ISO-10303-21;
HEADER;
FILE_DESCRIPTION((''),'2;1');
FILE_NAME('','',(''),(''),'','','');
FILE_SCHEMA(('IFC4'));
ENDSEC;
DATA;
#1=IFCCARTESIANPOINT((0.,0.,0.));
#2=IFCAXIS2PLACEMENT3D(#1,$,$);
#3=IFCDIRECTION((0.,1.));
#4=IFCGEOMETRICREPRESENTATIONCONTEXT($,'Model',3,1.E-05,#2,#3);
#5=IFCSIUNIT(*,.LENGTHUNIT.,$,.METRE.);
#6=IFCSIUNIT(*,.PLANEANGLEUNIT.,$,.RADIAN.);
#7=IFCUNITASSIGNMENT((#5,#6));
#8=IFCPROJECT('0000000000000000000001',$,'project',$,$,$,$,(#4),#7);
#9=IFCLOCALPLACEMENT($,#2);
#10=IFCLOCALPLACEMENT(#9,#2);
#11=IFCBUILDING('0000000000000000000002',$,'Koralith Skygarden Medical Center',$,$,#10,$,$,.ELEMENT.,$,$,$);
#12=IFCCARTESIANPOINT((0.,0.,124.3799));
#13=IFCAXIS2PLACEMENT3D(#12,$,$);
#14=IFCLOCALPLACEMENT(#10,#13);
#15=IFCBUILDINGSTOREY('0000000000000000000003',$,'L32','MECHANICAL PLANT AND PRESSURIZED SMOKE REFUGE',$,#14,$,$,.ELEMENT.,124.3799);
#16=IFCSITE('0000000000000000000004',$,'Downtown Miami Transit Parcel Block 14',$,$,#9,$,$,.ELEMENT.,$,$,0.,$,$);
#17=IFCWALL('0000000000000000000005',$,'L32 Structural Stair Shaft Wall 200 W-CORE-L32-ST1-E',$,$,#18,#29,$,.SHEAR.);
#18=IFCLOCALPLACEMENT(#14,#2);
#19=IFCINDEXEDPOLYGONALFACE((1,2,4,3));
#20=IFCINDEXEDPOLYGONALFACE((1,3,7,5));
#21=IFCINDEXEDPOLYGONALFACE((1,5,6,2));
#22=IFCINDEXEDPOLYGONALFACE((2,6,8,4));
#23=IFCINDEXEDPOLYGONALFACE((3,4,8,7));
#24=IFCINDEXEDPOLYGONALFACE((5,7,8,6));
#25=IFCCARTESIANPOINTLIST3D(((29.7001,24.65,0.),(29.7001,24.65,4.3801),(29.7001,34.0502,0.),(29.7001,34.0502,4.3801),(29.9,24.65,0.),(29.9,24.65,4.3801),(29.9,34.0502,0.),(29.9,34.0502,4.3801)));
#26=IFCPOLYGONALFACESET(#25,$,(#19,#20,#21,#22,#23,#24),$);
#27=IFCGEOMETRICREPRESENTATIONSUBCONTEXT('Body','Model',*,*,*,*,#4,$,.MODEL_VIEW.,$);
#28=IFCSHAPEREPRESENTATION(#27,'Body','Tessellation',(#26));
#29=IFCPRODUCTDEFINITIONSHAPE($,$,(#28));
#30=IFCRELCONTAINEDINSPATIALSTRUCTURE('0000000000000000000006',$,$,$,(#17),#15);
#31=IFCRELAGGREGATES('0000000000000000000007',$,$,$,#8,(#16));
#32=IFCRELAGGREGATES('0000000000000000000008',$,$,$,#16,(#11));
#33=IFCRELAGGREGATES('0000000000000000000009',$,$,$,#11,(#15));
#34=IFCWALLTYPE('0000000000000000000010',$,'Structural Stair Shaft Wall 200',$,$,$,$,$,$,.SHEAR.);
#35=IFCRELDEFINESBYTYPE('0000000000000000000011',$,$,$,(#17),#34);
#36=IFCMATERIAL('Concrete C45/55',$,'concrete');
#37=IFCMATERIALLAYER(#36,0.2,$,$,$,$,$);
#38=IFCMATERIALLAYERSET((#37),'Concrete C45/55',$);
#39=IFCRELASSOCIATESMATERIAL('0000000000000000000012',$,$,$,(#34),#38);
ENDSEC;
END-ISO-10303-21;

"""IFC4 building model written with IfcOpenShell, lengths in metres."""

from ifc_helpers import new_model, si_unit, direction, frame, frame_2d, origin, place, context, subcontext, project, spatial, rectangle, extrude, material, layer, layer_set, type_object, element, save


model = new_model("IFC4")

# Units and contexts
model_context = context("Model", 3, precision=1e-05, world=origin(), true_north=direction((0.0, 1.0)))
body_context = subcontext(model_context, "Body", "Model", "MODEL_VIEW")
ifc_project = project(units=[si_unit("LENGTHUNIT", "METRE"), si_unit("PLANEANGLEUNIT", "RADIAN")], contexts=[model_context])

# Site, building, storey
site_placement = place(None, origin())
site = spatial("IfcSite", under=ifc_project, at=site_placement, Name="Downtown Miami Transit Parcel Block 14", CompositionType="ELEMENT", RefElevation=0.0)
building_placement = place(site_placement, origin())
building = spatial("IfcBuilding", under=site, at=building_placement, Name="Koralith Skygarden Medical Center", CompositionType="ELEMENT")
storey_placement = place(building_placement, frame((0.0, 0.0, 124.3799)))
storey = spatial("IfcBuildingStorey", under=building, at=storey_placement, Name="L32", Description="MECHANICAL PLANT AND PRESSURIZED SMOKE REFUGE", CompositionType="ELEMENT", Elevation=124.3799)

# Wall
ifc_material_1 = material(Name="Concrete C45/55", Category="concrete")
ifc_layer_1 = layer(ifc_material_1, 0.2)
ifc_layer_set_1 = layer_set([ifc_layer_1], Name="Concrete C45/55")
wall_type_1 = type_object("IfcWallType", Name="Structural Stair Shaft Wall 200", PredefinedType="SHEAR", material=ifc_layer_set_1)
wall_1_placement = place(storey_placement, frame((29.8, 24.6499, 0.0), z_axis=(0.0, 0.0, 1.0), x_axis=(0.0, 1.0, 0.0)))
element("IfcWall", 1, at=wall_1_placement, inside=storey, type_object=wall_type_1, Name="L32 Structural Stair Shaft Wall 200 W-CORE-L32-ST1-E", PredefinedType="SHEAR", context=body_context, shape_type="SweptSolid", body=[
    extrude(rectangle(XDim=9.4001, YDim=0.2, at=frame_2d((4.7002, 0.0))), origin(), (0.0, 0.0, 1.0), 4.3801),
])

save(model, "model.ifc")
